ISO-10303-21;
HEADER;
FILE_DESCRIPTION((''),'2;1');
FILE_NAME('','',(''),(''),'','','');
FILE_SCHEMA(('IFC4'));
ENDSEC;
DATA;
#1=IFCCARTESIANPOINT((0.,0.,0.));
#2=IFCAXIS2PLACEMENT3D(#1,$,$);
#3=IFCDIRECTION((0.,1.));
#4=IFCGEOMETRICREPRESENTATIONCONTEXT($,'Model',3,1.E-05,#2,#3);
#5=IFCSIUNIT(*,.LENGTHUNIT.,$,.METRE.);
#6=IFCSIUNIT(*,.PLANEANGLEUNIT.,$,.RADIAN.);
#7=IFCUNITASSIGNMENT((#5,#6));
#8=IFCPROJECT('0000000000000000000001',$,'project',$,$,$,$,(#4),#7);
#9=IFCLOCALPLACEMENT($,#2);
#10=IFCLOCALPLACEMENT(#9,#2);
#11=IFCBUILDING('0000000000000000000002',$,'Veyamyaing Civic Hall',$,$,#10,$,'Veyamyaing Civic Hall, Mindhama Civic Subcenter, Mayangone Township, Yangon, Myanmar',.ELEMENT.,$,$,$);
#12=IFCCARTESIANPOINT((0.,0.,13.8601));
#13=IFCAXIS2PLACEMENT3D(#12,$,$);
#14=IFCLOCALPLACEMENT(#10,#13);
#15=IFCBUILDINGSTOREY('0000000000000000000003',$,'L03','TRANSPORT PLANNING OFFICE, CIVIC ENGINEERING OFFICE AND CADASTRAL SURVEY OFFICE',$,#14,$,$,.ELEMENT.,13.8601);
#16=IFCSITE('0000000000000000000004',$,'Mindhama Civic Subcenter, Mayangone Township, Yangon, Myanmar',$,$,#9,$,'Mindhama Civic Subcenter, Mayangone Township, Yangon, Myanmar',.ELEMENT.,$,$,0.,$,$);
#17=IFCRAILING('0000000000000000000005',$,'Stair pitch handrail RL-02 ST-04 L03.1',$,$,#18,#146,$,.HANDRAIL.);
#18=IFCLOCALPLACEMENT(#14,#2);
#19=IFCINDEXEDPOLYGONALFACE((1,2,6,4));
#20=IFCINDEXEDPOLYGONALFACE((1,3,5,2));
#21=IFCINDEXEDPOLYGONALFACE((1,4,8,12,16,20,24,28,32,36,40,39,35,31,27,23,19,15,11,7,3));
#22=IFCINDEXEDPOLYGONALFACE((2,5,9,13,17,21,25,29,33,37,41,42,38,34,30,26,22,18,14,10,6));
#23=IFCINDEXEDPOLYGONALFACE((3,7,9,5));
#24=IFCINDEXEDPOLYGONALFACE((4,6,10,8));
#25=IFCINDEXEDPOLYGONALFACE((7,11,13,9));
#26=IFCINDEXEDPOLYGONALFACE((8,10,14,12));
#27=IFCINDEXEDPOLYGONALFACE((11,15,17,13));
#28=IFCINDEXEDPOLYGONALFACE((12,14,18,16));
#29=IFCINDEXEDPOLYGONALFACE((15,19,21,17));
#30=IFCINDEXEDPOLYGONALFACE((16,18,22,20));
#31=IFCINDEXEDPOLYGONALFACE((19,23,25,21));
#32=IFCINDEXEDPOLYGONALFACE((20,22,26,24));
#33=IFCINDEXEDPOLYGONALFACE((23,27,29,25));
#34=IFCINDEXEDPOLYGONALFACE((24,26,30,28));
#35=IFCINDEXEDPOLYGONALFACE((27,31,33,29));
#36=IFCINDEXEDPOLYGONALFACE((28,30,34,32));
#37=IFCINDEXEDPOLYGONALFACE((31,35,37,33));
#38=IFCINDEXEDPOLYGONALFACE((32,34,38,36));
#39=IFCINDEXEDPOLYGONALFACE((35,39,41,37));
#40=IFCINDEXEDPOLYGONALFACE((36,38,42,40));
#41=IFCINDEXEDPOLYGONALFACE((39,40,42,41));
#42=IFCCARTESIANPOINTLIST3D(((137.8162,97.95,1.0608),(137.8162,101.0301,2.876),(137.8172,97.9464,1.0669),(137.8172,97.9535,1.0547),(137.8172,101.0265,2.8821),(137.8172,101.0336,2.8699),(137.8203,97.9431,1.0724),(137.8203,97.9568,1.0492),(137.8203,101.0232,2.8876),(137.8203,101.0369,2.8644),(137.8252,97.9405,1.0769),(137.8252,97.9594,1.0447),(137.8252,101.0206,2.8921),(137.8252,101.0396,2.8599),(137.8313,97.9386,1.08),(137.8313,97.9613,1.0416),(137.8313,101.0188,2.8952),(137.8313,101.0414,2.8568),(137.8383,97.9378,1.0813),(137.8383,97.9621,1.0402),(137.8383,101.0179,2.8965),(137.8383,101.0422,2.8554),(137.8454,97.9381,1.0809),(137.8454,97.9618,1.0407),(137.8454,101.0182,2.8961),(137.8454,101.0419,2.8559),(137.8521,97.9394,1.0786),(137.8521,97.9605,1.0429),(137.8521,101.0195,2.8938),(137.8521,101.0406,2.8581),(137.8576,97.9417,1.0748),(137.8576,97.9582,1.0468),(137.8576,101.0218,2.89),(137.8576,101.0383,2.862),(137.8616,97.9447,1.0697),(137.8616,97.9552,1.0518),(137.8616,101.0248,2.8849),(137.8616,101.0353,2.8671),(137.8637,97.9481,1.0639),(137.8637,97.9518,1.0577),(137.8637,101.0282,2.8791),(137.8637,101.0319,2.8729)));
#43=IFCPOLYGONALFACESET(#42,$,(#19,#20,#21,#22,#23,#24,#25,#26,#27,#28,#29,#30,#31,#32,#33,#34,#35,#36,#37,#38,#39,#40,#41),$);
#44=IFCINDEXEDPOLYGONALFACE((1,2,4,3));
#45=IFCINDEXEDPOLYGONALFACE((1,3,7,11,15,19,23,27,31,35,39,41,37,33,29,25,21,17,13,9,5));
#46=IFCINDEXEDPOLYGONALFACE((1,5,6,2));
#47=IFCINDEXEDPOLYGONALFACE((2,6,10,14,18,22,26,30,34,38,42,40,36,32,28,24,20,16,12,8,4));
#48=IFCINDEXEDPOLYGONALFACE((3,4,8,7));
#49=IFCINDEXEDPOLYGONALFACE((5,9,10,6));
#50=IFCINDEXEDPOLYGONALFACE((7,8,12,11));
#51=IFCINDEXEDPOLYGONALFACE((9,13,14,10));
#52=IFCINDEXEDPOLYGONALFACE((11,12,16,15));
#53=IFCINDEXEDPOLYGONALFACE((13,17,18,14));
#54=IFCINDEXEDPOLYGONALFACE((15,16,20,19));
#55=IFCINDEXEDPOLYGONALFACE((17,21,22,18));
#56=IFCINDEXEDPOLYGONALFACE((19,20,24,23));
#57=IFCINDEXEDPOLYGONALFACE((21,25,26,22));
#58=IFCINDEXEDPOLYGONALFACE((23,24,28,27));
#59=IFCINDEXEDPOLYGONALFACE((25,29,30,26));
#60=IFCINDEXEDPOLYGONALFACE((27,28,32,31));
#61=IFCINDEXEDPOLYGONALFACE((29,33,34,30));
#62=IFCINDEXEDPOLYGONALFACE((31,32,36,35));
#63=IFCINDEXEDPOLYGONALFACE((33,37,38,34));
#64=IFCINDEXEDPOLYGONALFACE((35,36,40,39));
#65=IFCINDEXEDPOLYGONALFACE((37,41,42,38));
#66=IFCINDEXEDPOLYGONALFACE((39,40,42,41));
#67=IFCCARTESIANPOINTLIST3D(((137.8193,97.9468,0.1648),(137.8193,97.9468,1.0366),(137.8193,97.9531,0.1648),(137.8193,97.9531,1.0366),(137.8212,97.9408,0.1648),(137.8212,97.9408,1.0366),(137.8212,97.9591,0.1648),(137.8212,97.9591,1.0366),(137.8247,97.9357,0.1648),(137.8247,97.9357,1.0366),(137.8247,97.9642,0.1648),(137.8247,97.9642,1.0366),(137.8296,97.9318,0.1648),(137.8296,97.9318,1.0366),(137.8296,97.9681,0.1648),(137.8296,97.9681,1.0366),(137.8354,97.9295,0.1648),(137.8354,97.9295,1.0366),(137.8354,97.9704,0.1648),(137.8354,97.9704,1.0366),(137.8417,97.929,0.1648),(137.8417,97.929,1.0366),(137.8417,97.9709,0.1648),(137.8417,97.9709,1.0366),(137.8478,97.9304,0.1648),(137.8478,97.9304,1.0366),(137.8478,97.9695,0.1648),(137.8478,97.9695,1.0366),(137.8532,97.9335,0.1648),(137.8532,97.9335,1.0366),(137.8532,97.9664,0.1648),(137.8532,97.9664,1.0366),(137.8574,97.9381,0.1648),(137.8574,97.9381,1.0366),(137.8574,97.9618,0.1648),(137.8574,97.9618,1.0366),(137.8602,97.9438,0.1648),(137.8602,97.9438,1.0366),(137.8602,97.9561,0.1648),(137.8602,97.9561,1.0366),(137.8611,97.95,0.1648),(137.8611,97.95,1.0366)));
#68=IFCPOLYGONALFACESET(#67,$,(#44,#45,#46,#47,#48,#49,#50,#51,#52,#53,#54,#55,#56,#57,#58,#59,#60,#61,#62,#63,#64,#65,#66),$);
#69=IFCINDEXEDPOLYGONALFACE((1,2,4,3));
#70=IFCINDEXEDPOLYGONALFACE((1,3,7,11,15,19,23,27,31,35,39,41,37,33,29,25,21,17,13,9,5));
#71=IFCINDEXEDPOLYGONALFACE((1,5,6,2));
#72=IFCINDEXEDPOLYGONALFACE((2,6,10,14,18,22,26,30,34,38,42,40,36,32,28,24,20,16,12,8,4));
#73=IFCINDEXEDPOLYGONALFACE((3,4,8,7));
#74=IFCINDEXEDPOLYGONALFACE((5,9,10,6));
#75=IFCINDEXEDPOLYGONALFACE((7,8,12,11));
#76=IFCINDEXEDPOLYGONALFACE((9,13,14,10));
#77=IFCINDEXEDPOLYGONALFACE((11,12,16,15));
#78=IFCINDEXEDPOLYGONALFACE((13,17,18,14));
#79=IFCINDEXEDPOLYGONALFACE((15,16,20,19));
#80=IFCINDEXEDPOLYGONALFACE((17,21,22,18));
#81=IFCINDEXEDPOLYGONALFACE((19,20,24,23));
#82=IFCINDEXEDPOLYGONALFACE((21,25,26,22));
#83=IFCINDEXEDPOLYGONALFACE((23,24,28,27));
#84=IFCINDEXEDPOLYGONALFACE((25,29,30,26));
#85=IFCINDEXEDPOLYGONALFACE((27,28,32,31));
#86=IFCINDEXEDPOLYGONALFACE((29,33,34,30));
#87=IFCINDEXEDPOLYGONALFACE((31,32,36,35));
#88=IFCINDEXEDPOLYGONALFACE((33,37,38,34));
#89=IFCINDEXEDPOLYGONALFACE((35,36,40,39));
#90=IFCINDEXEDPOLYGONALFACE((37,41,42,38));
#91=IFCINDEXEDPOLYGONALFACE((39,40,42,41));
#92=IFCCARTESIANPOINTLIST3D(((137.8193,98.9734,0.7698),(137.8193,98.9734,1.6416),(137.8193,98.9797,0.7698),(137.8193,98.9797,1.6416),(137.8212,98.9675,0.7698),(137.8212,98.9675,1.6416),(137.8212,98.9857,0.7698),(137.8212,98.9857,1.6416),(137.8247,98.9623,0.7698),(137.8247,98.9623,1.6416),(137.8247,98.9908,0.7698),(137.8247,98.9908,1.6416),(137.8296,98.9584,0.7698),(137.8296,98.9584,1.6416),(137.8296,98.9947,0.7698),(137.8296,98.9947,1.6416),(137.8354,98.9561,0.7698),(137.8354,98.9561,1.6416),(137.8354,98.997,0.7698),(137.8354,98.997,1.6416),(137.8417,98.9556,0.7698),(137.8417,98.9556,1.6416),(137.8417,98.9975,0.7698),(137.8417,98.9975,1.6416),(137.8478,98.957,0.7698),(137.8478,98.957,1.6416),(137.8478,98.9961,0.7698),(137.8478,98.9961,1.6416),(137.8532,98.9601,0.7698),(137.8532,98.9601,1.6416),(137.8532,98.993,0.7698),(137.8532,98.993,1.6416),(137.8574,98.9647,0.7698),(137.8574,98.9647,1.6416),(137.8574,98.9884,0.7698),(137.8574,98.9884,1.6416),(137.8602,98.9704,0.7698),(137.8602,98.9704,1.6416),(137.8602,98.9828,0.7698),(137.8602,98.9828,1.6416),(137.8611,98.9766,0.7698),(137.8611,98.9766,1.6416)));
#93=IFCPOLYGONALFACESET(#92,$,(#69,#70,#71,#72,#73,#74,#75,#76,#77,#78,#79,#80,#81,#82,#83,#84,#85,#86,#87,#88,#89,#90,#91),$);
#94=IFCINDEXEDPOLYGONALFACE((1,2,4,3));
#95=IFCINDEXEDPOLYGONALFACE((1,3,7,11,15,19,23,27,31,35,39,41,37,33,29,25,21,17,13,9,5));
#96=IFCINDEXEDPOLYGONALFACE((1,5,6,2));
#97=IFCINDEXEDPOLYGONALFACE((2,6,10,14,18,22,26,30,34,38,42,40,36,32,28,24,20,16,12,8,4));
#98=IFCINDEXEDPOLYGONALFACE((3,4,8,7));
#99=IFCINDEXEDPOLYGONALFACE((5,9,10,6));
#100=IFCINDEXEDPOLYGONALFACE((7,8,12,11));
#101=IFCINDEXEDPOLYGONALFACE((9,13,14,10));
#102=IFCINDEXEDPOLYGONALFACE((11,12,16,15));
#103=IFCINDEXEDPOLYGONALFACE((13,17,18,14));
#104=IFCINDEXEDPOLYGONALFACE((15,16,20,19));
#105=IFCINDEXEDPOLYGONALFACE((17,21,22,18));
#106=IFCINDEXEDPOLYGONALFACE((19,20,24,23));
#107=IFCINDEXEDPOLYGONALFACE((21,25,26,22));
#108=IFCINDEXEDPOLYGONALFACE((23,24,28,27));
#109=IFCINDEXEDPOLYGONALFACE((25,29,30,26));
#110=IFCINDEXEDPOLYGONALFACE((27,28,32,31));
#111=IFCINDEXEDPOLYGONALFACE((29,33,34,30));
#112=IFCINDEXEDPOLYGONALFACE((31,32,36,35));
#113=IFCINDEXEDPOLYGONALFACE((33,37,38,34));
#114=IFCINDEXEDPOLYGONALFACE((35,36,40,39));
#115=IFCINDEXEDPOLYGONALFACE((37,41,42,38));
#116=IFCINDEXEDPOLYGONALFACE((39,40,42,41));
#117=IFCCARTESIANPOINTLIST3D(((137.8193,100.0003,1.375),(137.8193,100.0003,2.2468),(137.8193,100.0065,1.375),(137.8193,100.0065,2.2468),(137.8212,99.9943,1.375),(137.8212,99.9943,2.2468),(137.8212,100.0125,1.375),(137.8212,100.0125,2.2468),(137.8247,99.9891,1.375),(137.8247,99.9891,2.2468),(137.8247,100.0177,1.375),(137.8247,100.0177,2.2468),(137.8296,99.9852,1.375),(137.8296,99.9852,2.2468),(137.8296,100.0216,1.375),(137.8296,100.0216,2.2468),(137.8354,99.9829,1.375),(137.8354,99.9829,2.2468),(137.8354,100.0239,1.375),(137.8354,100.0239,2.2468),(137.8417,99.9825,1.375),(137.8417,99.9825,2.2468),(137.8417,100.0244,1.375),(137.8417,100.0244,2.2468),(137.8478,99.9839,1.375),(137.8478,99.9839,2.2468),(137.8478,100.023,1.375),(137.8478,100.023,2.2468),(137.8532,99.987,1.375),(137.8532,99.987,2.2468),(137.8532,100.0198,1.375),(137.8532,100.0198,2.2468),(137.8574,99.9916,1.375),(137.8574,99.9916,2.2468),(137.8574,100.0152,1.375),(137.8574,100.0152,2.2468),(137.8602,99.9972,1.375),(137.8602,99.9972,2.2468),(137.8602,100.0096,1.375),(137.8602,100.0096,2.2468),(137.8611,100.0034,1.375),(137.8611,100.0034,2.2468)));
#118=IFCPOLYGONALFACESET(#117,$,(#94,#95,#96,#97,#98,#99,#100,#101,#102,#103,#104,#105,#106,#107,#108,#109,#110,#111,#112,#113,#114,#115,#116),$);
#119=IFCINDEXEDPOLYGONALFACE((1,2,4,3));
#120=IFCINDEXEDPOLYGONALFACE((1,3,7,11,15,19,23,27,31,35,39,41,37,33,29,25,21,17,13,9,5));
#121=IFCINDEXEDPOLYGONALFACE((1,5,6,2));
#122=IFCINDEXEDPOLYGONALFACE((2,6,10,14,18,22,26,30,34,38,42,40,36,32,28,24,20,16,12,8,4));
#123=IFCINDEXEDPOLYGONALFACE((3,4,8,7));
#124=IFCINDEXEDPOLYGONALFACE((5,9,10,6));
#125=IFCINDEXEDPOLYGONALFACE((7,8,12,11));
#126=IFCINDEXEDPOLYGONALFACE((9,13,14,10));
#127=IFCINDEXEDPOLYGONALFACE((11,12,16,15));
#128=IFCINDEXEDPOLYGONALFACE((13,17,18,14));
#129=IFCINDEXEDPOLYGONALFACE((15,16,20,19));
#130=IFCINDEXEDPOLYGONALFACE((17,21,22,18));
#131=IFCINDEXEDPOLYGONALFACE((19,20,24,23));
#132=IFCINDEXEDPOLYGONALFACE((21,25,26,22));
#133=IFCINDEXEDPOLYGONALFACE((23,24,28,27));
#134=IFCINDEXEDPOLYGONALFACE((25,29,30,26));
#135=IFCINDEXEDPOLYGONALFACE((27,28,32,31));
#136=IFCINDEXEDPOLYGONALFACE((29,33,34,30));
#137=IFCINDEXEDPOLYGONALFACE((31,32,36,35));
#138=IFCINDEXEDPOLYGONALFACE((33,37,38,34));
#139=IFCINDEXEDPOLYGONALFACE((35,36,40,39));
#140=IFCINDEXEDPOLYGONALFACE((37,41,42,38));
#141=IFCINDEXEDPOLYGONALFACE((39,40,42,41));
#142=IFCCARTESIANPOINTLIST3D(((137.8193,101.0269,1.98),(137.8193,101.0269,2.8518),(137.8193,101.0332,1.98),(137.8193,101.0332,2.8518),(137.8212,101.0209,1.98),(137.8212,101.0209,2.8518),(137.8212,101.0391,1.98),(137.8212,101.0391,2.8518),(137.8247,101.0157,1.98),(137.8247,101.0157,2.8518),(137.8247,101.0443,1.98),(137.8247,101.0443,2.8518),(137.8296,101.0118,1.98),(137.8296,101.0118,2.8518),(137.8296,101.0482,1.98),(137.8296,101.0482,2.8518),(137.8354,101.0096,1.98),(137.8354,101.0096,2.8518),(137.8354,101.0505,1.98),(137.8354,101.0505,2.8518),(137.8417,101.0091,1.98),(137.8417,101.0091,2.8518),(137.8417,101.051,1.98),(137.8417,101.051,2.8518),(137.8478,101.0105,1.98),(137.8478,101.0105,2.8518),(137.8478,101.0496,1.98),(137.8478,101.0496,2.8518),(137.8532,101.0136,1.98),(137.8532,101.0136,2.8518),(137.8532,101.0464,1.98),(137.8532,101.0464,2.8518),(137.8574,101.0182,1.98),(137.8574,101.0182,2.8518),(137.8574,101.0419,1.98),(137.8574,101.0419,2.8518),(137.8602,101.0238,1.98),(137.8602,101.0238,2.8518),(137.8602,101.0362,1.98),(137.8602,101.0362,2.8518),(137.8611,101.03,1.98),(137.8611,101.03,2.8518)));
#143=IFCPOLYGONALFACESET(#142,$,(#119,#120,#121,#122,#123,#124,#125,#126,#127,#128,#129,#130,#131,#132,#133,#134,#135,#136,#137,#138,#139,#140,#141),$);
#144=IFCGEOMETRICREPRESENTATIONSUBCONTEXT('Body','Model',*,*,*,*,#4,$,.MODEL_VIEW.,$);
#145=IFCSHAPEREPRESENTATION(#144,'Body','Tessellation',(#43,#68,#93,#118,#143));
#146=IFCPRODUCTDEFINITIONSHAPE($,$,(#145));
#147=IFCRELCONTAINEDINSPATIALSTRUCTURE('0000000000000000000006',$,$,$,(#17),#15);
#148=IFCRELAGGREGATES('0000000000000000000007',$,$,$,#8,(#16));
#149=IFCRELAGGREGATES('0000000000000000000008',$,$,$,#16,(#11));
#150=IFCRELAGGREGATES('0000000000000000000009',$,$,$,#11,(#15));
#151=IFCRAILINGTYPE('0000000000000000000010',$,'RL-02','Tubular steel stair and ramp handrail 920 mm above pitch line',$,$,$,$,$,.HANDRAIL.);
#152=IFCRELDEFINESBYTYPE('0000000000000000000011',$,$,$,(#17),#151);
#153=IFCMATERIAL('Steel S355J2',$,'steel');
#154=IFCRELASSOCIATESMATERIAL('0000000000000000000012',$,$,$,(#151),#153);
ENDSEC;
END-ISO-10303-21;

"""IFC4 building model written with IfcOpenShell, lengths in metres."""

from ifc_helpers import new_model, si_unit, direction, frame, origin, origin_2d, place, context, subcontext, project, spatial, circle, extrude, material, type_object, element, save


model = new_model("IFC4")

# Units and contexts
model_context = context("Model", 3, precision=1e-05, world=origin(), true_north=direction((0.0, 1.0)))
body_context = subcontext(model_context, "Body", "Model", "MODEL_VIEW")
ifc_project = project(units=[si_unit("LENGTHUNIT", "METRE"), si_unit("PLANEANGLEUNIT", "RADIAN")], contexts=[model_context])

# Site, building, storey
site_placement = place(None, origin())
site = spatial("IfcSite", under=ifc_project, at=site_placement, Name="Mindhama Civic Subcenter, Mayangone Township, Yangon, Myanmar", LongName="Mindhama Civic Subcenter, Mayangone Township, Yangon, Myanmar", CompositionType="ELEMENT", RefElevation=0.0)
building_placement = place(site_placement, origin())
building = spatial("IfcBuilding", under=site, at=building_placement, Name="Veyamyaing Civic Hall", LongName="Veyamyaing Civic Hall, Mindhama Civic Subcenter, Mayangone Township, Yangon, Myanmar", CompositionType="ELEMENT")
storey_placement = place(building_placement, frame((0.0, 0.0, 13.8601)))
storey = spatial("IfcBuildingStorey", under=building, at=storey_placement, Name="L03", Description="TRANSPORT PLANNING OFFICE, CIVIC ENGINEERING OFFICE AND CADASTRAL SURVEY OFFICE", CompositionType="ELEMENT", Elevation=13.8601)

# Railing
ifc_material_1 = material(Name="Steel S355J2", Category="steel")
railing_type_1 = type_object("IfcRailingType", Name="RL-02", Description="Tubular steel stair and ramp handrail 920 mm above pitch line", PredefinedType="HANDRAIL", material=ifc_material_1)
railing_1_placement = place(storey_placement, frame((137.8401, 97.95, 0.1648)))
element("IfcRailing", 1, at=railing_1_placement, inside=storey, type_object=railing_type_1, Name="Stair pitch handrail RL-02 ST-04 L03.1", PredefinedType="HANDRAIL", context=body_context, shape_type="SweptSolid", body=[
    extrude(circle(Radius=0.0239, at=origin_2d()), frame((0.0, 0.0, 0.896), z_axis=(0.0, 0.861521, 0.507721), x_axis=(-1.0, 0.0, 0.0)), (0.0, 0.0, 1.0), 3.5752),
    extrude(circle(Radius=0.021, at=origin_2d()), origin(), (0.0, 0.0, 1.0), 0.8718),
    extrude(circle(Radius=0.021, at=origin_2d()), frame((0.0, 1.0266, 0.605)), (0.0, 0.0, 1.0), 0.8718),
    extrude(circle(Radius=0.021, at=origin_2d()), frame((0.0, 2.0535, 1.2102)), (0.0, 0.0, 1.0), 0.8718),
    extrude(circle(Radius=0.021, at=origin_2d()), frame((0.0, 3.0801, 1.8152)), (0.0, 0.0, 1.0), 0.8718),
])

save(model, "model.ifc")
